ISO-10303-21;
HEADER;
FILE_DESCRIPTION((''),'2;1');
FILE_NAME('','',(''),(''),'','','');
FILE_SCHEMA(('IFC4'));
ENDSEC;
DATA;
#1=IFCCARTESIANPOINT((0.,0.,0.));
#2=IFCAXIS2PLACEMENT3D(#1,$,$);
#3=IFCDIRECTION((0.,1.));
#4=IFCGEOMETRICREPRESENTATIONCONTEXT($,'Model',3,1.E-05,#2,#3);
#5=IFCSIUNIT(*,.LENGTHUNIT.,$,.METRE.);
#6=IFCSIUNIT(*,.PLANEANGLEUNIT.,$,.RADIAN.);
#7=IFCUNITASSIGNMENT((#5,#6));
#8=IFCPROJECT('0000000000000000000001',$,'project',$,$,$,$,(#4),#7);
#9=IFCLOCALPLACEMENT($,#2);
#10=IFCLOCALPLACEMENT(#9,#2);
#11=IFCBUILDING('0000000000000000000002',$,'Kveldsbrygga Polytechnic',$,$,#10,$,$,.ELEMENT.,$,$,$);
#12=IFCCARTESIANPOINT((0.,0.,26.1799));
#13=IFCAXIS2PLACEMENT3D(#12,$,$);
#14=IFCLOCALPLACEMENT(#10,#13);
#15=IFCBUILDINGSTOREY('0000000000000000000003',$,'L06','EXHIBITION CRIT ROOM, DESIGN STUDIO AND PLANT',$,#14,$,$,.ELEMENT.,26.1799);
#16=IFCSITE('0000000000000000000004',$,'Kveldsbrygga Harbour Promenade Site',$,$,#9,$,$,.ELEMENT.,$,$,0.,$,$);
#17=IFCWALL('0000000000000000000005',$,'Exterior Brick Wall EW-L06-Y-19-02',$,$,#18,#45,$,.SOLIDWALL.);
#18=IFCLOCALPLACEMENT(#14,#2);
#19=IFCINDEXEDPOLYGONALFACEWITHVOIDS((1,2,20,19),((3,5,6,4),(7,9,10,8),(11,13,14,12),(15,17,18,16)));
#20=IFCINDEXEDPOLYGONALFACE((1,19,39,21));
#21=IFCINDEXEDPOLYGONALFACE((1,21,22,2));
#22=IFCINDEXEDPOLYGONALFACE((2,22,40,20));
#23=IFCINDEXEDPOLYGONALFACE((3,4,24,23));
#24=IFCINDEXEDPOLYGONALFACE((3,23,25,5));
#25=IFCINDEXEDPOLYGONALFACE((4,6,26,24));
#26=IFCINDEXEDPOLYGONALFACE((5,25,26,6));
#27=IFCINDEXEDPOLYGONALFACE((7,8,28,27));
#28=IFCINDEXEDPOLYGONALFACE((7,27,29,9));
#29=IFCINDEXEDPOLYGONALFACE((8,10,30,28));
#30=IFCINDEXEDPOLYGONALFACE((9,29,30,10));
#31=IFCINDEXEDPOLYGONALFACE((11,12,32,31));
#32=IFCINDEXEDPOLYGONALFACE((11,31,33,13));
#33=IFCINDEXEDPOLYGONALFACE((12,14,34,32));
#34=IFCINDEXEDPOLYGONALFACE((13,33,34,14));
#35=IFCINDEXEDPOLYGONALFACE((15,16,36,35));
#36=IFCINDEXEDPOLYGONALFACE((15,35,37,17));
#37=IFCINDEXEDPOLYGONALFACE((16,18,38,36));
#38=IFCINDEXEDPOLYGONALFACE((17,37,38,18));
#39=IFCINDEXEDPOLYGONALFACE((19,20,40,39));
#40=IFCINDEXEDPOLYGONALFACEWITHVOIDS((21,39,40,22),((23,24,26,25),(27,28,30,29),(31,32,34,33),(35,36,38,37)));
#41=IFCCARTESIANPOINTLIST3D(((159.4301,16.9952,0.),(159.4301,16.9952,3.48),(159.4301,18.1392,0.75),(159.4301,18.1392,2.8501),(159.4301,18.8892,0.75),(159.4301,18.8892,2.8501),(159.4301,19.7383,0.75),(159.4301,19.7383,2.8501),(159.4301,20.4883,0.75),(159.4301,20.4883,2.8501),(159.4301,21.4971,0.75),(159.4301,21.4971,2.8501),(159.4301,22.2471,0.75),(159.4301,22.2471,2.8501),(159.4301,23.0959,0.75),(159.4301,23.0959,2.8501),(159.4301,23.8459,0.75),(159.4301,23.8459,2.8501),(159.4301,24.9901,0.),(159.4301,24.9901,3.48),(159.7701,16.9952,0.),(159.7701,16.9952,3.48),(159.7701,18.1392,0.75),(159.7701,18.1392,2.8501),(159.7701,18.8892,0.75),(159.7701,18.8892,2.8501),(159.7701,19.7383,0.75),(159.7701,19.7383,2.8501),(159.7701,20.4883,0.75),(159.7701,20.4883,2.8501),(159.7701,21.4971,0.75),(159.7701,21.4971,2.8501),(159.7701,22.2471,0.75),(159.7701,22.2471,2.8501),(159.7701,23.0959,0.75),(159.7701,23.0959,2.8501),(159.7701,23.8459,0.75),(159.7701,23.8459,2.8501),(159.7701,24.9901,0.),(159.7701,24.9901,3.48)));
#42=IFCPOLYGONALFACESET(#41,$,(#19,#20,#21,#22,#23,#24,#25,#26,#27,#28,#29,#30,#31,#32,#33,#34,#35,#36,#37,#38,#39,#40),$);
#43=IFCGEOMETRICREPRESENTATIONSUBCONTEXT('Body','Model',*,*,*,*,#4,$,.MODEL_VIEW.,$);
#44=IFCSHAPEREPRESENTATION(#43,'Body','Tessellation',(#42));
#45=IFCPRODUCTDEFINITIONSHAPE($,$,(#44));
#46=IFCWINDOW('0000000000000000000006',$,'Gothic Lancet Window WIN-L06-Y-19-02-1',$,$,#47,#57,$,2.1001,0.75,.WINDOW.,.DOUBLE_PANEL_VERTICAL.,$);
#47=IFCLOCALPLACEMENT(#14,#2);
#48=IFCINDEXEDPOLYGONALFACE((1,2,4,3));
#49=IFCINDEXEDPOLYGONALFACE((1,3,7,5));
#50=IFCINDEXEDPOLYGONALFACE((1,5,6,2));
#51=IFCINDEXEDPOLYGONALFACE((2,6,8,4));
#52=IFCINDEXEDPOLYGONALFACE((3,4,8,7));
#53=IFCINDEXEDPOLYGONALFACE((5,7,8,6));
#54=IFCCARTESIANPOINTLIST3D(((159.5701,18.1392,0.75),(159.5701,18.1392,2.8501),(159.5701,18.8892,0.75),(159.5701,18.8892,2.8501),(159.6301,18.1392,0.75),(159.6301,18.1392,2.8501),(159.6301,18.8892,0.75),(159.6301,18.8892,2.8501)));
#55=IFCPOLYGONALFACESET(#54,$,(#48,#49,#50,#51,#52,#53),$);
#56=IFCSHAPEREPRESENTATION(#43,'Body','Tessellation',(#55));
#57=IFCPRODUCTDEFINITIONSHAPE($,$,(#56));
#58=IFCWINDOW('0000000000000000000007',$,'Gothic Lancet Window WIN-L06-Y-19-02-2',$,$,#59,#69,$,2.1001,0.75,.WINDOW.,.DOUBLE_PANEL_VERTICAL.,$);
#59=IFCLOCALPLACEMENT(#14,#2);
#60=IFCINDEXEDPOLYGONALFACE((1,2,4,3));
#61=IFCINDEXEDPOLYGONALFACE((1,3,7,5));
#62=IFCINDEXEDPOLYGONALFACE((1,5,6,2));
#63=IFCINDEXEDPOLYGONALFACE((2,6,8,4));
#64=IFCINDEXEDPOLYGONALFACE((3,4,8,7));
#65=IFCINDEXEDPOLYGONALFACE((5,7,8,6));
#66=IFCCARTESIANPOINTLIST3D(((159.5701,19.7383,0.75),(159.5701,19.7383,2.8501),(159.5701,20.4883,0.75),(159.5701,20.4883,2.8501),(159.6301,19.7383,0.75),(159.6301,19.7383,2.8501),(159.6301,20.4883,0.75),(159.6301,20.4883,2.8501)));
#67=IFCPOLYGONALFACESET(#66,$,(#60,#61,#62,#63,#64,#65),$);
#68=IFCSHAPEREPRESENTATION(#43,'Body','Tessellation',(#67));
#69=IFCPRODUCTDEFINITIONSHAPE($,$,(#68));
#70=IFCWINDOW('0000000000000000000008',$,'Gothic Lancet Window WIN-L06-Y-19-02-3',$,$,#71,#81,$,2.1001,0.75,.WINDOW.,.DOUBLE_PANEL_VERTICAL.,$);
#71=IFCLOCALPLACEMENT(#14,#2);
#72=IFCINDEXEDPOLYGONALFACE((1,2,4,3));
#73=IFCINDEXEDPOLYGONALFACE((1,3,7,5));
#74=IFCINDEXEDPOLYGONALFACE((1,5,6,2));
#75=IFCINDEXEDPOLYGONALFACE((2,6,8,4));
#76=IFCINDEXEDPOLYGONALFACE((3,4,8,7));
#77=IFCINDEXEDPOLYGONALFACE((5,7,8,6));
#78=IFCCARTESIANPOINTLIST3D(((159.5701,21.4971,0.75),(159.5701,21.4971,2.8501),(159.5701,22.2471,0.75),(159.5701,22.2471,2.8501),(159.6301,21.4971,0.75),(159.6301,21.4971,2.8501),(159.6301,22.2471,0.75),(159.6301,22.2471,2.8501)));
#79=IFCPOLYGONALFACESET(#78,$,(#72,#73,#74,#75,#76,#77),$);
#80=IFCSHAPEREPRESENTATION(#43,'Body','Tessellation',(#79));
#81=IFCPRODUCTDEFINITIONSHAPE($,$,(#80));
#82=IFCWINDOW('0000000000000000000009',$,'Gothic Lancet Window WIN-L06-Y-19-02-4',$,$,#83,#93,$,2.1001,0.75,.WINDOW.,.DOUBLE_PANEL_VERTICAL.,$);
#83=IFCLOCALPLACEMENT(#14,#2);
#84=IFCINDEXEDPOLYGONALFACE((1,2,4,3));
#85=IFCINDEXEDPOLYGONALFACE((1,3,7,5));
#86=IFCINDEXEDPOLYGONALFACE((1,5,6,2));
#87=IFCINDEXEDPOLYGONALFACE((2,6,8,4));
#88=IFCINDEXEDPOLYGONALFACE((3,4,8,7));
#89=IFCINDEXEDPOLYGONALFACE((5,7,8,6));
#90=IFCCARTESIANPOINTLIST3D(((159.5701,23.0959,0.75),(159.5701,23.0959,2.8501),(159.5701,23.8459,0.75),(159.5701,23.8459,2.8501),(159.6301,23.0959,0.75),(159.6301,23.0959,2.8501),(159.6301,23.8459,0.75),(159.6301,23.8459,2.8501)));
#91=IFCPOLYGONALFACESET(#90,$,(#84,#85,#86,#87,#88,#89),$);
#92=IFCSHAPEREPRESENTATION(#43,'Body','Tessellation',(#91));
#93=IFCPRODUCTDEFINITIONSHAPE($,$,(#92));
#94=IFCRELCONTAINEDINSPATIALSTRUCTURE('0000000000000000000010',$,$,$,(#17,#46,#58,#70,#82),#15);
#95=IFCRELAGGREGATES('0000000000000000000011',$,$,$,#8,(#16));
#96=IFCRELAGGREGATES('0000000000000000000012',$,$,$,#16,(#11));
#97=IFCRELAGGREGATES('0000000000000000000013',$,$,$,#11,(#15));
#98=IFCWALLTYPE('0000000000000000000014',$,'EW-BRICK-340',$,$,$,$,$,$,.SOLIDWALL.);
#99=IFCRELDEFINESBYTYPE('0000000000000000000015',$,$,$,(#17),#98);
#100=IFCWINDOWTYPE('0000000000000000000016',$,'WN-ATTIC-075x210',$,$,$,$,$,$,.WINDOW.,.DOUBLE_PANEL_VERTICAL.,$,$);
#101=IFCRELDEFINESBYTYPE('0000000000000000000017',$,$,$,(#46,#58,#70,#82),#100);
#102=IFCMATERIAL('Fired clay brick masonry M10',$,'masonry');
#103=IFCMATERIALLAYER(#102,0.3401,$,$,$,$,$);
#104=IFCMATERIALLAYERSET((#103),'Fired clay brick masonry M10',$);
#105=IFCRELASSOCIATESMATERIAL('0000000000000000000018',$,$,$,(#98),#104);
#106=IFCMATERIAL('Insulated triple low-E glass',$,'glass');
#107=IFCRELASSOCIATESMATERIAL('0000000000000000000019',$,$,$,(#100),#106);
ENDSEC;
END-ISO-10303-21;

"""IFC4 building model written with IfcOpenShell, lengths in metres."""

from ifc_helpers import new_model, si_unit, direction, frame, frame_2d, origin, place, context, subcontext, project, spatial, rectangle, extrude, material, layer, layer_set, type_object, element, fill, save


model = new_model("IFC4")

# Units and contexts
model_context = context("Model", 3, precision=1e-05, world=origin(), true_north=direction((0.0, 1.0)))
body_context = subcontext(model_context, "Body", "Model", "MODEL_VIEW")
ifc_project = project(units=[si_unit("LENGTHUNIT", "METRE"), si_unit("PLANEANGLEUNIT", "RADIAN")], contexts=[model_context])

# Site, building, storey
site_placement = place(None, origin())
site = spatial("IfcSite", under=ifc_project, at=site_placement, Name="Kveldsbrygga Harbour Promenade Site", CompositionType="ELEMENT", RefElevation=0.0)
building_placement = place(site_placement, origin())
building = spatial("IfcBuilding", under=site, at=building_placement, Name="Kveldsbrygga Polytechnic", CompositionType="ELEMENT")
storey_placement = place(building_placement, frame((0.0, 0.0, 26.1799)))
storey = spatial("IfcBuildingStorey", under=building, at=storey_placement, Name="L06", Description="EXHIBITION CRIT ROOM, DESIGN STUDIO AND PLANT", CompositionType="ELEMENT", Elevation=26.1799)

# Wall, openings, windows
ifc_material_1 = material(Name="Fired clay brick masonry M10", Category="masonry")
ifc_layer_1 = layer(ifc_material_1, 0.3401)
ifc_layer_set_1 = layer_set([ifc_layer_1], Name="Fired clay brick masonry M10")
wall_type = type_object("IfcWallType", Name="EW-BRICK-340", PredefinedType="SOLIDWALL", material=ifc_layer_set_1)
ifc_material_2 = material(Name="Insulated triple low-E glass", Category="glass")
wall_1_placement = place(storey_placement, frame((159.6001, 16.9951, 0.0), z_axis=(0.0, 0.0, 1.0), x_axis=(0.0, 1.0, 0.0)))
wall_1 = element("IfcWall", 1, at=wall_1_placement, inside=storey, type_object=wall_type, Name="Exterior Brick Wall EW-L06-Y-19-02", PredefinedType="SOLIDWALL", context=body_context, shape_type="SweptSolid", body=[
    extrude(rectangle(XDim=7.9949, YDim=0.3401, at=frame_2d((3.9976, 0.0))), origin(), (0.0, 0.0, 1.0), 3.48),
])
opening_1_placement = place(wall_1_placement, frame((1.144, 0.0, 0.75)))
opening_1 = element("IfcOpeningElement", 2, at=opening_1_placement, cuts=wall_1, PredefinedType="OPENING", context=body_context, shape_type="SweptSolid", body=[
    extrude(rectangle(XDim=0.75, YDim=2.1001, at=frame_2d((0.375, 1.05))), frame((0.0, 0.1802, 0.0), z_axis=(0.0, -1.0, 0.0), x_axis=(1.0, 0.0, 0.0)), (0.0, 0.0, 1.0), 0.3601),
])
opening_2_placement = place(wall_1_placement, frame((2.7432, 0.0, 0.75)))
opening_2 = element("IfcOpeningElement", 3, at=opening_2_placement, cuts=wall_1, PredefinedType="OPENING", context=body_context, shape_type="SweptSolid", body=[
    extrude(rectangle(XDim=0.75, YDim=2.1001, at=frame_2d((0.375, 1.05))), frame((0.0, 0.1802, 0.0), z_axis=(0.0, -1.0, 0.0), x_axis=(1.0, 0.0, 0.0)), (0.0, 0.0, 1.0), 0.3601),
])
opening_3_placement = place(wall_1_placement, frame((4.502, 0.0, 0.75)))
opening_3 = element("IfcOpeningElement", 4, at=opening_3_placement, cuts=wall_1, PredefinedType="OPENING", context=body_context, shape_type="SweptSolid", body=[
    extrude(rectangle(XDim=0.75, YDim=2.1001, at=frame_2d((0.375, 1.05))), frame((0.0, 0.1802, 0.0), z_axis=(0.0, -1.0, 0.0), x_axis=(1.0, 0.0, 0.0)), (0.0, 0.0, 1.0), 0.3601),
])
opening_4_placement = place(wall_1_placement, frame((6.1008, 0.0, 0.75)))
opening_4 = element("IfcOpeningElement", 5, at=opening_4_placement, cuts=wall_1, PredefinedType="OPENING", context=body_context, shape_type="SweptSolid", body=[
    extrude(rectangle(XDim=0.75, YDim=2.1001, at=frame_2d((0.375, 1.05))), frame((0.0, 0.1802, 0.0), z_axis=(0.0, -1.0, 0.0), x_axis=(1.0, 0.0, 0.0)), (0.0, 0.0, 1.0), 0.3601),
])
window_type_1 = type_object("IfcWindowType", Name="WN-ATTIC-075x210", PartitioningType="DOUBLE_PANEL_VERTICAL", PredefinedType="WINDOW", material=ifc_material_2)
window_1_placement = place(opening_1_placement, origin())
window_1 = element("IfcWindow", 6, at=window_1_placement, inside=storey, type_object=window_type_1, Name="Gothic Lancet Window WIN-L06-Y-19-02-1", OverallHeight=2.1001, OverallWidth=0.75, PartitioningType="DOUBLE_PANEL_VERTICAL", PredefinedType="WINDOW", context=body_context, shape_type="SweptSolid", body=[
    extrude(rectangle(XDim=0.75, YDim=2.1001, at=frame_2d((0.375, 1.05))), frame((0.0, 0.03, 0.0), z_axis=(0.0, -1.0, 0.0), x_axis=(1.0, 0.0, 0.0)), (0.0, 0.0, 1.0), 0.0601),
])
fill(opening_1, window_1)
window_2_placement = place(opening_2_placement, origin())
window_2 = element("IfcWindow", 7, at=window_2_placement, inside=storey, type_object=window_type_1, Name="Gothic Lancet Window WIN-L06-Y-19-02-2", OverallHeight=2.1001, OverallWidth=0.75, PartitioningType="DOUBLE_PANEL_VERTICAL", PredefinedType="WINDOW", context=body_context, shape_type="SweptSolid", body=[
    extrude(rectangle(XDim=0.75, YDim=2.1001, at=frame_2d((0.375, 1.05))), frame((0.0, 0.03, 0.0), z_axis=(0.0, -1.0, 0.0), x_axis=(1.0, 0.0, 0.0)), (0.0, 0.0, 1.0), 0.0601),
])
fill(opening_2, window_2)
window_3_placement = place(opening_3_placement, origin())
window_3 = element("IfcWindow", 8, at=window_3_placement, inside=storey, type_object=window_type_1, Name="Gothic Lancet Window WIN-L06-Y-19-02-3", OverallHeight=2.1001, OverallWidth=0.75, PartitioningType="DOUBLE_PANEL_VERTICAL", PredefinedType="WINDOW", context=body_context, shape_type="SweptSolid", body=[
    extrude(rectangle(XDim=0.75, YDim=2.1001, at=frame_2d((0.375, 1.05))), frame((0.0, 0.03, 0.0), z_axis=(0.0, -1.0, 0.0), x_axis=(1.0, 0.0, 0.0)), (0.0, 0.0, 1.0), 0.0601),
])
fill(opening_3, window_3)
window_4_placement = place(opening_4_placement, origin())
window_4 = element("IfcWindow", 9, at=window_4_placement, inside=storey, type_object=window_type_1, Name="Gothic Lancet Window WIN-L06-Y-19-02-4", OverallHeight=2.1001, OverallWidth=0.75, PartitioningType="DOUBLE_PANEL_VERTICAL", PredefinedType="WINDOW", context=body_context, shape_type="SweptSolid", body=[
    extrude(rectangle(XDim=0.75, YDim=2.1001, at=frame_2d((0.375, 1.05))), frame((0.0, 0.03, 0.0), z_axis=(0.0, -1.0, 0.0), x_axis=(1.0, 0.0, 0.0)), (0.0, 0.0, 1.0), 0.0601),
])
fill(opening_4, window_4)

save(model, "model.ifc")
